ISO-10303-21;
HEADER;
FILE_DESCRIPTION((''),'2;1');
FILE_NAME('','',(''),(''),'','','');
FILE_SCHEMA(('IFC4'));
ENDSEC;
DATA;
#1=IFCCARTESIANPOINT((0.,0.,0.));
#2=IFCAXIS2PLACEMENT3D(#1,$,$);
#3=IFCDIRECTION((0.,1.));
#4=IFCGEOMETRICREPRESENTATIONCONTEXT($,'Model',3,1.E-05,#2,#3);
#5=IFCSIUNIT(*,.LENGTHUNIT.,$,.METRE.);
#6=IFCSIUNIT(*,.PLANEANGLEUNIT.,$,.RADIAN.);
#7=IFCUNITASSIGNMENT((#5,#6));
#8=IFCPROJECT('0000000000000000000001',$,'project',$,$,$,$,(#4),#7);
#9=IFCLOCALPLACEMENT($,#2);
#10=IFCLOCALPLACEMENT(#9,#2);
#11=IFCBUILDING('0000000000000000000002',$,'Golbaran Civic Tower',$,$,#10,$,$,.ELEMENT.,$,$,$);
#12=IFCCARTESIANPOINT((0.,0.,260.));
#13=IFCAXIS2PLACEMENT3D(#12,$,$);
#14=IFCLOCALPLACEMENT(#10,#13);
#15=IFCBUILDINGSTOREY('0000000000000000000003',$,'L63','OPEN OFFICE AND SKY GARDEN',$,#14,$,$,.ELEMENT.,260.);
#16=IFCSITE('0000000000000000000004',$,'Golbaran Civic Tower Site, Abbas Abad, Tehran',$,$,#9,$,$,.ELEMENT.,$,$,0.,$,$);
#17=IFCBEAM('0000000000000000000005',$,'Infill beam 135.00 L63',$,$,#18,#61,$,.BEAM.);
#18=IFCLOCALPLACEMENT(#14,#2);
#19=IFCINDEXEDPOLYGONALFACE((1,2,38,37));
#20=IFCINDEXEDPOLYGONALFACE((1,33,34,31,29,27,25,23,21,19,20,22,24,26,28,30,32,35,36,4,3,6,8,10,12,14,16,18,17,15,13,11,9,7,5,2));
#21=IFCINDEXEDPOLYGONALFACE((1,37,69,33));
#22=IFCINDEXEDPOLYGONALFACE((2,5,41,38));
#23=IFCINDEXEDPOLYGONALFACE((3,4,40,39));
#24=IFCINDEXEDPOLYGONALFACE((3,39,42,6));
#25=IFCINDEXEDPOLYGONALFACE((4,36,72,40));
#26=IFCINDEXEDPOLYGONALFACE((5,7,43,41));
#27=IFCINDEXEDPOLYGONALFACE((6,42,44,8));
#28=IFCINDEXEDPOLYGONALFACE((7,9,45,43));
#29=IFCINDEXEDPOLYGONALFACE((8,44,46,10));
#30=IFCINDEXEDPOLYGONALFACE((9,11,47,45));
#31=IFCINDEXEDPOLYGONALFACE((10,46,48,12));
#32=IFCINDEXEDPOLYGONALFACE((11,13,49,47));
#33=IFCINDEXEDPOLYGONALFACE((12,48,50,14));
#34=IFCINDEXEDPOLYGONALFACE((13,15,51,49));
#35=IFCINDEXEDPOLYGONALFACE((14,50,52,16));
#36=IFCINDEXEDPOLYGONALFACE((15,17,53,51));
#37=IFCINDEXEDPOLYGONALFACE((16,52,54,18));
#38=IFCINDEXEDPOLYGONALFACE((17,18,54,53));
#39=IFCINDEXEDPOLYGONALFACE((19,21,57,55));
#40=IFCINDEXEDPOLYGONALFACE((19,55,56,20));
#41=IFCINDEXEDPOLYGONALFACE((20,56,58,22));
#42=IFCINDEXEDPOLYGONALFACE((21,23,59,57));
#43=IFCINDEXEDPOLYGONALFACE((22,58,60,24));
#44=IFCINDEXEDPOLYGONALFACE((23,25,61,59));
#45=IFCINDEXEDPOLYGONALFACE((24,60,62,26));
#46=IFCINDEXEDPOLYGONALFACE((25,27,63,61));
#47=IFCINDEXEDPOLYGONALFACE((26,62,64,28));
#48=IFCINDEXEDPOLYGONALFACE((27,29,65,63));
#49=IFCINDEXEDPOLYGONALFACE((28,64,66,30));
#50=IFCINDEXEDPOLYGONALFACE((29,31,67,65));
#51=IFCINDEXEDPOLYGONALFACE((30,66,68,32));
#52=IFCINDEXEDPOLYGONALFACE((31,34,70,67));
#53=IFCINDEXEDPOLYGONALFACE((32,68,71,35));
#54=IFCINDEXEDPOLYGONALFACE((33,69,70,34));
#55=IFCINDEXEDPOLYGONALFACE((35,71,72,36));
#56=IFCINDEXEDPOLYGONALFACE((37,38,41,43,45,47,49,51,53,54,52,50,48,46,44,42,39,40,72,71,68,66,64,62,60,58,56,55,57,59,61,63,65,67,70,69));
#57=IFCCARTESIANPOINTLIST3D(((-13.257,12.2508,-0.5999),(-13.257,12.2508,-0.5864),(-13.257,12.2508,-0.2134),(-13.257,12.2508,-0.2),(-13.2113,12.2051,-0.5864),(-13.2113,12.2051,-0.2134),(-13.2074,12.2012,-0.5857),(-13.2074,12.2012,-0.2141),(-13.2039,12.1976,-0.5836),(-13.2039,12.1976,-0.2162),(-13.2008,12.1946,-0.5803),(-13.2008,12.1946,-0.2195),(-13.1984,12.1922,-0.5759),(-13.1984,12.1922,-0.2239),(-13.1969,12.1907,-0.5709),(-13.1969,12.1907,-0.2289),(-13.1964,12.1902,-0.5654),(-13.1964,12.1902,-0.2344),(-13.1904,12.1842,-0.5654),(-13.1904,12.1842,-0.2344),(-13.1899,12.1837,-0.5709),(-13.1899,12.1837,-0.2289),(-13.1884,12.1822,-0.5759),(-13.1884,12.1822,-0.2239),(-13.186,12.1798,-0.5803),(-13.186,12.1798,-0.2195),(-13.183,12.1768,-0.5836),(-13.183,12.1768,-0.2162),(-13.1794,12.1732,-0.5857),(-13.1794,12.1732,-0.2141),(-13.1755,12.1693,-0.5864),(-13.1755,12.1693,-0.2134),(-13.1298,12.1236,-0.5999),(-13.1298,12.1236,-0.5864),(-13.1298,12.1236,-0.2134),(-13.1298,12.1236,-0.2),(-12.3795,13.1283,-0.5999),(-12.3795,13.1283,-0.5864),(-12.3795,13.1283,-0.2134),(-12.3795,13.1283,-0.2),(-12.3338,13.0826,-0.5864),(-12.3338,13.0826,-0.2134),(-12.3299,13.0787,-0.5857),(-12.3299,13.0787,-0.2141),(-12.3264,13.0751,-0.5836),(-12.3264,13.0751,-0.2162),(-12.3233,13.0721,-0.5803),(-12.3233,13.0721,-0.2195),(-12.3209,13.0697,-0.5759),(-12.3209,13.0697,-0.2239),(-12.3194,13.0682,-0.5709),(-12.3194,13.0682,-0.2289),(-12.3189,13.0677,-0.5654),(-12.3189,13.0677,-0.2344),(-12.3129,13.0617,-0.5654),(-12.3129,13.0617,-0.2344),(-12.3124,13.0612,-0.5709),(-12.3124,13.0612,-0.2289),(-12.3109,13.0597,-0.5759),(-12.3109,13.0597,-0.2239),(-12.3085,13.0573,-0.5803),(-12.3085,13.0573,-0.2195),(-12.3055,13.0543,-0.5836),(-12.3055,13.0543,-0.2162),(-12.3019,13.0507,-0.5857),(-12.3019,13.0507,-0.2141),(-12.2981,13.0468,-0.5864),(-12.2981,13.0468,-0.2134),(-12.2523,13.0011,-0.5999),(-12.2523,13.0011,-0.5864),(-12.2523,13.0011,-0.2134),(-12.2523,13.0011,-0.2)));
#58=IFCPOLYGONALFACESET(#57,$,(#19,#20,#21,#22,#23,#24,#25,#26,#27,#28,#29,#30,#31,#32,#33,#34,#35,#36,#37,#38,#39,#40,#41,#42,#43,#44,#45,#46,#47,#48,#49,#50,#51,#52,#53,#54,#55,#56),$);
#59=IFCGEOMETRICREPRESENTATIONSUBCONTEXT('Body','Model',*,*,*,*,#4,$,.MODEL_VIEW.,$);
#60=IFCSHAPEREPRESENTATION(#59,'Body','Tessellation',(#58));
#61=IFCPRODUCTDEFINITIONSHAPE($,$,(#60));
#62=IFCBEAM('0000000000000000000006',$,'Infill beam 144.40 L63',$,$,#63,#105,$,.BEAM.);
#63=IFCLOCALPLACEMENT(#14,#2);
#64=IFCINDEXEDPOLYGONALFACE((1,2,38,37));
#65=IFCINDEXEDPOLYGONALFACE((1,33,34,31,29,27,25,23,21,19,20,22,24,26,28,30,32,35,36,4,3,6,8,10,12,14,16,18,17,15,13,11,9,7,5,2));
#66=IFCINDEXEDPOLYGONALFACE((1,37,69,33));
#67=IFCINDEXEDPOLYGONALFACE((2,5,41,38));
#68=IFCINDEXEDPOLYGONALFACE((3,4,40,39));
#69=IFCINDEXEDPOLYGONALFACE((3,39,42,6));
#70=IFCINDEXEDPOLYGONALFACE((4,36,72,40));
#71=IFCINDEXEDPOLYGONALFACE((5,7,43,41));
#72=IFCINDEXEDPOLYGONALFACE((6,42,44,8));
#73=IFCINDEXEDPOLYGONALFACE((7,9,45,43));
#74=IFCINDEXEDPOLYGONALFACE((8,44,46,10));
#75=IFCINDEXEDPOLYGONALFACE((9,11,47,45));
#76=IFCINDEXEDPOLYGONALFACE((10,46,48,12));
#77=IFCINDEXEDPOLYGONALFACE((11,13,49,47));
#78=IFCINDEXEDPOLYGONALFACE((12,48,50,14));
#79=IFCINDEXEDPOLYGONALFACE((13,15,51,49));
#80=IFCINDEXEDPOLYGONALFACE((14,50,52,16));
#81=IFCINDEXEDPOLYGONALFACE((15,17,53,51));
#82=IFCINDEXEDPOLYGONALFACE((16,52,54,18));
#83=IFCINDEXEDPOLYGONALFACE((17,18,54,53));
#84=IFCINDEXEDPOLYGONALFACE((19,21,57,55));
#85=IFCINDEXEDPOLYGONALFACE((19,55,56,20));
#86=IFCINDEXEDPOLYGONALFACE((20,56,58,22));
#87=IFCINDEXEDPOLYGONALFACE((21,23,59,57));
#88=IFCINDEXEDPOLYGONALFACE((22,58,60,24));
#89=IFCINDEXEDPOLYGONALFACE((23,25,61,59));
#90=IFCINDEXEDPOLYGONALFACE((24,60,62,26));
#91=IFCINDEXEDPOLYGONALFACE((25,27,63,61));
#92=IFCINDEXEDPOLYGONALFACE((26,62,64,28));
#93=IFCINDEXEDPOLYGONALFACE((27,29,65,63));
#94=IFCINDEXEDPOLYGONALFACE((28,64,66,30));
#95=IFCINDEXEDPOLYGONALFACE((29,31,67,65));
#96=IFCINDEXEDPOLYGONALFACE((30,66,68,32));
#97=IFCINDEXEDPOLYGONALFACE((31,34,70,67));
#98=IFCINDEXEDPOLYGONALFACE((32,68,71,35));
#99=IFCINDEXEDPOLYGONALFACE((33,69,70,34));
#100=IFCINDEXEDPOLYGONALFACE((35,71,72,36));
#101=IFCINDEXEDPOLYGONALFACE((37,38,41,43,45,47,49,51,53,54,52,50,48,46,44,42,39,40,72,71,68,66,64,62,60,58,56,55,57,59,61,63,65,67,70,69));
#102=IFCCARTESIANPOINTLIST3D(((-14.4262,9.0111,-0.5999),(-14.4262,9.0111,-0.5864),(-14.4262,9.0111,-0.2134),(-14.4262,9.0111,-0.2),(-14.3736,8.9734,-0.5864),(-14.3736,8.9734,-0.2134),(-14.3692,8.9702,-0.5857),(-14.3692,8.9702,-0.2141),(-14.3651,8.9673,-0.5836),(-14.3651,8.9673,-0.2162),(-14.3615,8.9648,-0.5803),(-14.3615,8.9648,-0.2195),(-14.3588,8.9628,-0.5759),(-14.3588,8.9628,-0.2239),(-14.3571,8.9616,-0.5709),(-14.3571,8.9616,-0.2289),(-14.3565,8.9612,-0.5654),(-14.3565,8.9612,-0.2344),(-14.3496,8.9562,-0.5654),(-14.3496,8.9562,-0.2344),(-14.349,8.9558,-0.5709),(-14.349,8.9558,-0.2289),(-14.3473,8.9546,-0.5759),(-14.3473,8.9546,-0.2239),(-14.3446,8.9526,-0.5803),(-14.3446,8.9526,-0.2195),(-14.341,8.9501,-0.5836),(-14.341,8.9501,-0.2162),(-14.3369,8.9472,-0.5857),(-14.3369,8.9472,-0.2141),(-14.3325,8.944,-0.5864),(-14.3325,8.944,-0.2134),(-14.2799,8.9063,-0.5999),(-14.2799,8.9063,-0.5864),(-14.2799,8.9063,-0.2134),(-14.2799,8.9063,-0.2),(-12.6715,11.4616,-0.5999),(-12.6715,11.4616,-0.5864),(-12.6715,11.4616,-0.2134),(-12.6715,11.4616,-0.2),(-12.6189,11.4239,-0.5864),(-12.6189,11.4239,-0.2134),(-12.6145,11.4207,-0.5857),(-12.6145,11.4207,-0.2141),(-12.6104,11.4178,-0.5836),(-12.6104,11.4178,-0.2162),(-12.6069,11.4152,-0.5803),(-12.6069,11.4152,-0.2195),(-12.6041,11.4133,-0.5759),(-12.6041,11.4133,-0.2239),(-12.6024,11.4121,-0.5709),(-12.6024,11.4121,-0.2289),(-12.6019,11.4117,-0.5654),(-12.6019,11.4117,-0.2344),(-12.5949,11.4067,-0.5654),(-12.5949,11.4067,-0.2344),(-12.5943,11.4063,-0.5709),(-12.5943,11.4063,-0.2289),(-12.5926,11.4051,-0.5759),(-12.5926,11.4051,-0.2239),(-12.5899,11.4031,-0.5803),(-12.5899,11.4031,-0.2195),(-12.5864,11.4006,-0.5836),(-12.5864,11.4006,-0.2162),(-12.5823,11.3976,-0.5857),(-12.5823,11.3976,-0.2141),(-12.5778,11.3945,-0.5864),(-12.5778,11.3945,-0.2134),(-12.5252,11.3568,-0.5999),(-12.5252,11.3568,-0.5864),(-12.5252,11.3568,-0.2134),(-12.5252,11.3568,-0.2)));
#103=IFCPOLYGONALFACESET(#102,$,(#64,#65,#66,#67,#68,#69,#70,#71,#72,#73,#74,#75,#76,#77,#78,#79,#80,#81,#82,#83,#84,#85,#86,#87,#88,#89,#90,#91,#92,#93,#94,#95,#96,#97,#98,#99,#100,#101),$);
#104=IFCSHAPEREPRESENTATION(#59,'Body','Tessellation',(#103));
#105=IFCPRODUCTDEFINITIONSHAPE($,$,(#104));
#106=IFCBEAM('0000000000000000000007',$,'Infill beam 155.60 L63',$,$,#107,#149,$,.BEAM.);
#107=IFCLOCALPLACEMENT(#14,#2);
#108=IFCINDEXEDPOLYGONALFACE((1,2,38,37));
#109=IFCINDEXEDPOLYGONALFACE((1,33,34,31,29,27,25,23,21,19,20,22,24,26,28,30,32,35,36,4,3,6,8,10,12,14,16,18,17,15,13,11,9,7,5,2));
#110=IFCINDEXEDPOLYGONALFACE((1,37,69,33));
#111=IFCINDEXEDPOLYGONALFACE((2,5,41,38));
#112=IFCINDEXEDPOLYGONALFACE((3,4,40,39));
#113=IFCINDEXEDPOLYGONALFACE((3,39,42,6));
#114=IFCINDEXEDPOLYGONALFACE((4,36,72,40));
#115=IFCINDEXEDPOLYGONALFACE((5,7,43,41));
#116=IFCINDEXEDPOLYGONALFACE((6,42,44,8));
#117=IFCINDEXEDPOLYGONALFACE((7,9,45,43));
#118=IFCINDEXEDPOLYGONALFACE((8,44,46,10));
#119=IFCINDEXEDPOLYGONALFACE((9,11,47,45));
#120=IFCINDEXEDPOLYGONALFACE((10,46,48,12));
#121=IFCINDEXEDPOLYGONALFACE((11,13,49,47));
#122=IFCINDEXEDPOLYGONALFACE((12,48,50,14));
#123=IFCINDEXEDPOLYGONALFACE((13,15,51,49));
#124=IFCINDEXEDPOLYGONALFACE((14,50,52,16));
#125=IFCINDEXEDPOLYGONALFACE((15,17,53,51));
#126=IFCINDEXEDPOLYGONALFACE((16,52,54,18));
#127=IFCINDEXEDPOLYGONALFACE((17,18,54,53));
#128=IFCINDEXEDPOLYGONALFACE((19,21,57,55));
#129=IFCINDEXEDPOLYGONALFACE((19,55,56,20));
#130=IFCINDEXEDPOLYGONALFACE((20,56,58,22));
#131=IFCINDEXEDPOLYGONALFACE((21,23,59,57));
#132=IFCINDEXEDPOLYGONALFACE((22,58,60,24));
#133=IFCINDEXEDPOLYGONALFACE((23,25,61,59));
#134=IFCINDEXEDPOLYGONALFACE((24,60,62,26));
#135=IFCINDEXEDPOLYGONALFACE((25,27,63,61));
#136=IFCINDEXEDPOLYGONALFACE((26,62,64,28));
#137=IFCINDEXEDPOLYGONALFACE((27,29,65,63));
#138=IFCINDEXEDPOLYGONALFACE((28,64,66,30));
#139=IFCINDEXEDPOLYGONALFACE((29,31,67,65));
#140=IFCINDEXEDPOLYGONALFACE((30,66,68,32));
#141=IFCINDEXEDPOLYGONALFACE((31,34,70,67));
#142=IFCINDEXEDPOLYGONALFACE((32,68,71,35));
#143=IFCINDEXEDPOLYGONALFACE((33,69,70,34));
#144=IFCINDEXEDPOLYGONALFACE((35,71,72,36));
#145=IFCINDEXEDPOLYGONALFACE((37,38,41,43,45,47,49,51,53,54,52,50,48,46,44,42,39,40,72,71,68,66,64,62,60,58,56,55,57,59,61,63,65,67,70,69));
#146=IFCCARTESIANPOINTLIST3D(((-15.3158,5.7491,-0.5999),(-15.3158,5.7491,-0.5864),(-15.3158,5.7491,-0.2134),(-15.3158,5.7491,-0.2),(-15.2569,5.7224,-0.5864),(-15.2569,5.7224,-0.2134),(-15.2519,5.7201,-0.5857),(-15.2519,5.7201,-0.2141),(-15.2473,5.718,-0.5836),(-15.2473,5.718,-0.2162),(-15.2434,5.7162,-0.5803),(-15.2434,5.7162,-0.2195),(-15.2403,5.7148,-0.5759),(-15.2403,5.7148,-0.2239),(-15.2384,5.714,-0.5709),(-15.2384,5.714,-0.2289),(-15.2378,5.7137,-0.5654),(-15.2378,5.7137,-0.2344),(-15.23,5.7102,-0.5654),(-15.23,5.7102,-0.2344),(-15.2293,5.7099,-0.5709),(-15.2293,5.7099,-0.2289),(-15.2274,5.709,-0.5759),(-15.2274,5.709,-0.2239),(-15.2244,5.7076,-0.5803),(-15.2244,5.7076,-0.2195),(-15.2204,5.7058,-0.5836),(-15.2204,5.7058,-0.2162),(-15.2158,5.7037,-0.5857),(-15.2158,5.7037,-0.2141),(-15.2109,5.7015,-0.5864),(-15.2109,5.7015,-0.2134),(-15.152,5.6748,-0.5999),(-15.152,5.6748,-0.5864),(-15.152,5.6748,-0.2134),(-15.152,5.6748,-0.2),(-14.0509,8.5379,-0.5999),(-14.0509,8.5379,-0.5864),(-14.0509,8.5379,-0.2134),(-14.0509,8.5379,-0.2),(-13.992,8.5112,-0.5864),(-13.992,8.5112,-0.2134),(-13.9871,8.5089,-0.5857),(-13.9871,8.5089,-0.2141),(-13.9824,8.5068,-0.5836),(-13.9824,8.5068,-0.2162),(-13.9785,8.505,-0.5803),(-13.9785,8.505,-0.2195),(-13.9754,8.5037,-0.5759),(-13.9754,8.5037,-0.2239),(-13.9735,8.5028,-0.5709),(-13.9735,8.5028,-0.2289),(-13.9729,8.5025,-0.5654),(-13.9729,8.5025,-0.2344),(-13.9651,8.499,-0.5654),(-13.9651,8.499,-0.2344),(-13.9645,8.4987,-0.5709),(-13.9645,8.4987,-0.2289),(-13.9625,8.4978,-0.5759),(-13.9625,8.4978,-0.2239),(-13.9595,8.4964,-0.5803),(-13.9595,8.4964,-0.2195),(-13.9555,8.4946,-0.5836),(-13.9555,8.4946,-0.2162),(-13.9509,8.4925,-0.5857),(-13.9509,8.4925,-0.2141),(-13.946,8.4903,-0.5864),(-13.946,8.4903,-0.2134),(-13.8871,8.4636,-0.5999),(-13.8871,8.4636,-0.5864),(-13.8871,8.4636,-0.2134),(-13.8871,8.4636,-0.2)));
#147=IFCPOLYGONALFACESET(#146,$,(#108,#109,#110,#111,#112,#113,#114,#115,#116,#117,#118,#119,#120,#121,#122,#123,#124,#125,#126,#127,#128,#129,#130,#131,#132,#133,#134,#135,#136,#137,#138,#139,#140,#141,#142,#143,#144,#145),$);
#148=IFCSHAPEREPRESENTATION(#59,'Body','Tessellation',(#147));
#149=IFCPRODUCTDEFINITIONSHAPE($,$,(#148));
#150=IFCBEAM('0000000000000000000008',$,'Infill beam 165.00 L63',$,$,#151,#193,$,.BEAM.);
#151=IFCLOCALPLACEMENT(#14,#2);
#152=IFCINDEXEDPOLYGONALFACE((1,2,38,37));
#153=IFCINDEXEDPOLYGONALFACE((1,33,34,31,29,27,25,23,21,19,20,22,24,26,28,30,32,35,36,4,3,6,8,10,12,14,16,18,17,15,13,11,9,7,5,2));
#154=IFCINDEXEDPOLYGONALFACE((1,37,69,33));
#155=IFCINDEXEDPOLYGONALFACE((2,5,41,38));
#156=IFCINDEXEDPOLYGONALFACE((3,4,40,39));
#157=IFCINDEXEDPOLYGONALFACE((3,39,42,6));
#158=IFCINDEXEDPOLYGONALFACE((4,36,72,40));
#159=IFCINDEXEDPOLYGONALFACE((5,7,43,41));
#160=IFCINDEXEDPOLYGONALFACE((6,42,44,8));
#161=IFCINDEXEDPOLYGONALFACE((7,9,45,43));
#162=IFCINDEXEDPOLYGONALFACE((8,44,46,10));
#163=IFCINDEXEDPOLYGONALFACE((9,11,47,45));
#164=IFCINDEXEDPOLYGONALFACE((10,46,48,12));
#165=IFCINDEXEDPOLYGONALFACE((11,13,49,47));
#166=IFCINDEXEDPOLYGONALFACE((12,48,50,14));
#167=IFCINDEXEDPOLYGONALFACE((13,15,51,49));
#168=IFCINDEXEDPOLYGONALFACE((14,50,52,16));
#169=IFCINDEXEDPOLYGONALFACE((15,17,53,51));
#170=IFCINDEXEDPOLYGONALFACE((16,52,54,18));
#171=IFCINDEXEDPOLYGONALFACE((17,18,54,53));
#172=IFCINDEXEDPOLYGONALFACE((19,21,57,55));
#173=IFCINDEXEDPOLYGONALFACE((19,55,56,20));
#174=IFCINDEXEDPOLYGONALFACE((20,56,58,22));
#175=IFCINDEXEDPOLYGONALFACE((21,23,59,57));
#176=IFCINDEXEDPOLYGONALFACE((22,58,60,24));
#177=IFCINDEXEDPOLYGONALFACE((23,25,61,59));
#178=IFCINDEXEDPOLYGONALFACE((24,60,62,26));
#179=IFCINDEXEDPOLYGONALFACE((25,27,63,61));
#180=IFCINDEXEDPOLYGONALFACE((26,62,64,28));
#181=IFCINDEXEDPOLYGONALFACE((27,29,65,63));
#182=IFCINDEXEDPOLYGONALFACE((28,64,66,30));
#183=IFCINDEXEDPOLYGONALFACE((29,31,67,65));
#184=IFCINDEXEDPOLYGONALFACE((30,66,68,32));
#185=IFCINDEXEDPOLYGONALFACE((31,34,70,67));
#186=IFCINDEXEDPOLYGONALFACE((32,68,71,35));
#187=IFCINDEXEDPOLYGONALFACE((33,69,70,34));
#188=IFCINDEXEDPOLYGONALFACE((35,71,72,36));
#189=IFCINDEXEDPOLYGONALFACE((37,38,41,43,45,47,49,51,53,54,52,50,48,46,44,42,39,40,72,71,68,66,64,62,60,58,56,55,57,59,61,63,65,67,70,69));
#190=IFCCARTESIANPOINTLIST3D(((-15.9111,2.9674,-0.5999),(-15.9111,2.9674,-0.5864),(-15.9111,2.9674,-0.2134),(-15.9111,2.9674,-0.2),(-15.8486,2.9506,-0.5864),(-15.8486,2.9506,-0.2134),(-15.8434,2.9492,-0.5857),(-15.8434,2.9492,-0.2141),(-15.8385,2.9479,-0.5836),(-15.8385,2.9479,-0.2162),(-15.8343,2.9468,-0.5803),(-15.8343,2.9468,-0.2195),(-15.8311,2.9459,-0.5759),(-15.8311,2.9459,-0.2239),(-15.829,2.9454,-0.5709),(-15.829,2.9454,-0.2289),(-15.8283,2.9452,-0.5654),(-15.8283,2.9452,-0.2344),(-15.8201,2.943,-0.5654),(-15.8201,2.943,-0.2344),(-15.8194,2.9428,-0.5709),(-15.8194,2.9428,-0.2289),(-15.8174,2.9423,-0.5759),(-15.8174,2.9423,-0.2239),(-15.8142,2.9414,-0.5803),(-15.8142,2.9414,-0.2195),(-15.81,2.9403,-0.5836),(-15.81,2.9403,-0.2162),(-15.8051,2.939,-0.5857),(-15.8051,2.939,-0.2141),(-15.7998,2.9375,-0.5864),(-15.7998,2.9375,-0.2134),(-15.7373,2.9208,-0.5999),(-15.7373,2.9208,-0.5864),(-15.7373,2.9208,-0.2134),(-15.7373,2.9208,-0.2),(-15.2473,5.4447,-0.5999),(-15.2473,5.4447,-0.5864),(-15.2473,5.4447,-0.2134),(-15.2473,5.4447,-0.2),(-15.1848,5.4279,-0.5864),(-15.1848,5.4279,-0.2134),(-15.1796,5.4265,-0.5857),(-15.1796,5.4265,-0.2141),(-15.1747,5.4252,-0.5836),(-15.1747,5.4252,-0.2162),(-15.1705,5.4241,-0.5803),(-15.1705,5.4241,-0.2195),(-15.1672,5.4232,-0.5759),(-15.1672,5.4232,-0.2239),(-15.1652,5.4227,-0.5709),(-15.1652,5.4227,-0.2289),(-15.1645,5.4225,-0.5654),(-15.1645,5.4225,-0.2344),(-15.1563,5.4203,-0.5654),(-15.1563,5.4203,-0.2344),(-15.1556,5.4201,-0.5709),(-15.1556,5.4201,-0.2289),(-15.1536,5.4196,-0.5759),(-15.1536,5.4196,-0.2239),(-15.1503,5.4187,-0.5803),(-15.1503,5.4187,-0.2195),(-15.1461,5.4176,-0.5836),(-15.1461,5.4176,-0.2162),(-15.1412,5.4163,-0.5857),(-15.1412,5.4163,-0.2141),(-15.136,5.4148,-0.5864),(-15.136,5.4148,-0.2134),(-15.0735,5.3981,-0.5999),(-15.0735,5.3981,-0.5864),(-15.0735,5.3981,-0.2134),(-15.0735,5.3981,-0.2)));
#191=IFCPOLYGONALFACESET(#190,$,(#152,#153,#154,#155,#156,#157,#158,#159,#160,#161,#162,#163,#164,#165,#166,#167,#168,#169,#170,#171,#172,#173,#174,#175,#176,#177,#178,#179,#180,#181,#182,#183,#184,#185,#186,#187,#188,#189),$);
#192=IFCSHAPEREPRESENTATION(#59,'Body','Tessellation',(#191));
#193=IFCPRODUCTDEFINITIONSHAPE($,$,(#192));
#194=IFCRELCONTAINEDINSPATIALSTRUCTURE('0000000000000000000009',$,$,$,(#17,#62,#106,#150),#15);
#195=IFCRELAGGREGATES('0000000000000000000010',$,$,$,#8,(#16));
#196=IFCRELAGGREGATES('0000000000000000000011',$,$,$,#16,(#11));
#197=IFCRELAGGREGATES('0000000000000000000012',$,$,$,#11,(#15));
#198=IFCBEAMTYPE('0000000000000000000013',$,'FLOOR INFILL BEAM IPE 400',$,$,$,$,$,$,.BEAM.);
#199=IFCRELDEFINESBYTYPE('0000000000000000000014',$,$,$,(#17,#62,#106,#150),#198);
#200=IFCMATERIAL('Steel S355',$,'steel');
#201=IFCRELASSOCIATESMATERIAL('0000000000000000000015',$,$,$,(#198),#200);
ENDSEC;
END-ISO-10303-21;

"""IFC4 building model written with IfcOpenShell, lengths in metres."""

from ifc_helpers import new_model, si_unit, direction, frame, origin, origin_2d, place, context, subcontext, project, spatial, i_section, extrude, material, material_profile, profile_set, type_object, element, save


model = new_model("IFC4")

# Units and contexts
model_context = context("Model", 3, precision=1e-05, world=origin(), true_north=direction((0.0, 1.0)))
body_context = subcontext(model_context, "Body", "Model", "MODEL_VIEW")
ifc_project = project(units=[si_unit("LENGTHUNIT", "METRE"), si_unit("PLANEANGLEUNIT", "RADIAN")], contexts=[model_context])

# Site, building, storey
site_placement = place(None, origin())
site = spatial("IfcSite", under=ifc_project, at=site_placement, Name="Golbaran Civic Tower Site, Abbas Abad, Tehran", CompositionType="ELEMENT", RefElevation=0.0)
building_placement = place(site_placement, origin())
building = spatial("IfcBuilding", under=site, at=building_placement, Name="Golbaran Civic Tower", CompositionType="ELEMENT")
storey_placement = place(building_placement, frame((0.0, 0.0, 260.0)))
storey = spatial("IfcBuildingStorey", under=building, at=storey_placement, Name="L63", Description="OPEN OFFICE AND SKY GARDEN", CompositionType="ELEMENT", Elevation=260.0)

# Beams
ifc_material_1 = material(Name="Steel S355", Category="steel")
ifc_material_profile_1 = material_profile(ifc_material_1, i_section(OverallWidth=0.1799, OverallDepth=0.3999, WebThickness=0.0085, FlangeThickness=0.0134, FilletRadius=0.021, at=origin_2d()), Name="IPE 400")
ifc_profile_set_1 = profile_set([ifc_material_profile_1], Name="Steel S355")
beam_type_1 = type_object("IfcBeamType", Name="FLOOR INFILL BEAM IPE 400", PredefinedType="BEAM", material=ifc_profile_set_1)
beam_1_placement = place(storey_placement, frame((-12.3159, 13.0647, -0.3999), z_axis=(-0.707107, -0.707107, 0.0), x_axis=(0.707107, -0.707107, 0.0)))
element("IfcBeam", 1, at=beam_1_placement, inside=storey, type_object=beam_type_1, Name="Infill beam 135.00 L63", PredefinedType="BEAM", context=body_context, shape_type="SweptSolid", body=[
    extrude(i_section(OverallWidth=0.1799, OverallDepth=0.3999, WebThickness=0.0085, FlangeThickness=0.0134, FilletRadius=0.021, at=origin_2d()), origin(), (0.0, 0.0, 1.0), 1.241),
])
beam_2_placement = place(storey_placement, frame((-12.5984, 11.4092, -0.3999), z_axis=(-0.582188, -0.813054, 0.0), x_axis=(0.813054, -0.582188, 0.0)))
element("IfcBeam", 2, at=beam_2_placement, inside=storey, type_object=beam_type_1, Name="Infill beam 144.40 L63", PredefinedType="BEAM", context=body_context, shape_type="SweptSolid", body=[
    extrude(i_section(OverallWidth=0.1799, OverallDepth=0.3999, WebThickness=0.0085, FlangeThickness=0.0134, FilletRadius=0.021, at=origin_2d()), origin(), (0.0, 0.0, 1.0), 3.0139),
])
beam_3_placement = place(storey_placement, frame((-13.969, 8.5007, -0.3999), z_axis=(-0.413058, -0.910705, 0.0), x_axis=(0.910705, -0.413058, 0.0)))
element("IfcBeam", 3, at=beam_3_placement, inside=storey, type_object=beam_type_1, Name="Infill beam 155.60 L63", PredefinedType="BEAM", context=body_context, shape_type="SweptSolid", body=[
    extrude(i_section(OverallWidth=0.1799, OverallDepth=0.3999, WebThickness=0.0085, FlangeThickness=0.0134, FilletRadius=0.021, at=origin_2d()), origin(), (0.0, 0.0, 1.0), 3.0623),
])
beam_4_placement = place(storey_placement, frame((-15.1604, 5.4214, -0.3999), z_axis=(-0.25883, -0.965923, 0.0), x_axis=(0.965923, -0.25883, 0.0)))
element("IfcBeam", 4, at=beam_4_placement, inside=storey, type_object=beam_type_1, Name="Infill beam 165.00 L63", PredefinedType="BEAM", context=body_context, shape_type="SweptSolid", body=[
    extrude(i_section(OverallWidth=0.1799, OverallDepth=0.3999, WebThickness=0.0085, FlangeThickness=0.0134, FilletRadius=0.021, at=origin_2d()), origin(), (0.0, 0.0, 1.0), 2.5647),
])

save(model, "model.ifc")
